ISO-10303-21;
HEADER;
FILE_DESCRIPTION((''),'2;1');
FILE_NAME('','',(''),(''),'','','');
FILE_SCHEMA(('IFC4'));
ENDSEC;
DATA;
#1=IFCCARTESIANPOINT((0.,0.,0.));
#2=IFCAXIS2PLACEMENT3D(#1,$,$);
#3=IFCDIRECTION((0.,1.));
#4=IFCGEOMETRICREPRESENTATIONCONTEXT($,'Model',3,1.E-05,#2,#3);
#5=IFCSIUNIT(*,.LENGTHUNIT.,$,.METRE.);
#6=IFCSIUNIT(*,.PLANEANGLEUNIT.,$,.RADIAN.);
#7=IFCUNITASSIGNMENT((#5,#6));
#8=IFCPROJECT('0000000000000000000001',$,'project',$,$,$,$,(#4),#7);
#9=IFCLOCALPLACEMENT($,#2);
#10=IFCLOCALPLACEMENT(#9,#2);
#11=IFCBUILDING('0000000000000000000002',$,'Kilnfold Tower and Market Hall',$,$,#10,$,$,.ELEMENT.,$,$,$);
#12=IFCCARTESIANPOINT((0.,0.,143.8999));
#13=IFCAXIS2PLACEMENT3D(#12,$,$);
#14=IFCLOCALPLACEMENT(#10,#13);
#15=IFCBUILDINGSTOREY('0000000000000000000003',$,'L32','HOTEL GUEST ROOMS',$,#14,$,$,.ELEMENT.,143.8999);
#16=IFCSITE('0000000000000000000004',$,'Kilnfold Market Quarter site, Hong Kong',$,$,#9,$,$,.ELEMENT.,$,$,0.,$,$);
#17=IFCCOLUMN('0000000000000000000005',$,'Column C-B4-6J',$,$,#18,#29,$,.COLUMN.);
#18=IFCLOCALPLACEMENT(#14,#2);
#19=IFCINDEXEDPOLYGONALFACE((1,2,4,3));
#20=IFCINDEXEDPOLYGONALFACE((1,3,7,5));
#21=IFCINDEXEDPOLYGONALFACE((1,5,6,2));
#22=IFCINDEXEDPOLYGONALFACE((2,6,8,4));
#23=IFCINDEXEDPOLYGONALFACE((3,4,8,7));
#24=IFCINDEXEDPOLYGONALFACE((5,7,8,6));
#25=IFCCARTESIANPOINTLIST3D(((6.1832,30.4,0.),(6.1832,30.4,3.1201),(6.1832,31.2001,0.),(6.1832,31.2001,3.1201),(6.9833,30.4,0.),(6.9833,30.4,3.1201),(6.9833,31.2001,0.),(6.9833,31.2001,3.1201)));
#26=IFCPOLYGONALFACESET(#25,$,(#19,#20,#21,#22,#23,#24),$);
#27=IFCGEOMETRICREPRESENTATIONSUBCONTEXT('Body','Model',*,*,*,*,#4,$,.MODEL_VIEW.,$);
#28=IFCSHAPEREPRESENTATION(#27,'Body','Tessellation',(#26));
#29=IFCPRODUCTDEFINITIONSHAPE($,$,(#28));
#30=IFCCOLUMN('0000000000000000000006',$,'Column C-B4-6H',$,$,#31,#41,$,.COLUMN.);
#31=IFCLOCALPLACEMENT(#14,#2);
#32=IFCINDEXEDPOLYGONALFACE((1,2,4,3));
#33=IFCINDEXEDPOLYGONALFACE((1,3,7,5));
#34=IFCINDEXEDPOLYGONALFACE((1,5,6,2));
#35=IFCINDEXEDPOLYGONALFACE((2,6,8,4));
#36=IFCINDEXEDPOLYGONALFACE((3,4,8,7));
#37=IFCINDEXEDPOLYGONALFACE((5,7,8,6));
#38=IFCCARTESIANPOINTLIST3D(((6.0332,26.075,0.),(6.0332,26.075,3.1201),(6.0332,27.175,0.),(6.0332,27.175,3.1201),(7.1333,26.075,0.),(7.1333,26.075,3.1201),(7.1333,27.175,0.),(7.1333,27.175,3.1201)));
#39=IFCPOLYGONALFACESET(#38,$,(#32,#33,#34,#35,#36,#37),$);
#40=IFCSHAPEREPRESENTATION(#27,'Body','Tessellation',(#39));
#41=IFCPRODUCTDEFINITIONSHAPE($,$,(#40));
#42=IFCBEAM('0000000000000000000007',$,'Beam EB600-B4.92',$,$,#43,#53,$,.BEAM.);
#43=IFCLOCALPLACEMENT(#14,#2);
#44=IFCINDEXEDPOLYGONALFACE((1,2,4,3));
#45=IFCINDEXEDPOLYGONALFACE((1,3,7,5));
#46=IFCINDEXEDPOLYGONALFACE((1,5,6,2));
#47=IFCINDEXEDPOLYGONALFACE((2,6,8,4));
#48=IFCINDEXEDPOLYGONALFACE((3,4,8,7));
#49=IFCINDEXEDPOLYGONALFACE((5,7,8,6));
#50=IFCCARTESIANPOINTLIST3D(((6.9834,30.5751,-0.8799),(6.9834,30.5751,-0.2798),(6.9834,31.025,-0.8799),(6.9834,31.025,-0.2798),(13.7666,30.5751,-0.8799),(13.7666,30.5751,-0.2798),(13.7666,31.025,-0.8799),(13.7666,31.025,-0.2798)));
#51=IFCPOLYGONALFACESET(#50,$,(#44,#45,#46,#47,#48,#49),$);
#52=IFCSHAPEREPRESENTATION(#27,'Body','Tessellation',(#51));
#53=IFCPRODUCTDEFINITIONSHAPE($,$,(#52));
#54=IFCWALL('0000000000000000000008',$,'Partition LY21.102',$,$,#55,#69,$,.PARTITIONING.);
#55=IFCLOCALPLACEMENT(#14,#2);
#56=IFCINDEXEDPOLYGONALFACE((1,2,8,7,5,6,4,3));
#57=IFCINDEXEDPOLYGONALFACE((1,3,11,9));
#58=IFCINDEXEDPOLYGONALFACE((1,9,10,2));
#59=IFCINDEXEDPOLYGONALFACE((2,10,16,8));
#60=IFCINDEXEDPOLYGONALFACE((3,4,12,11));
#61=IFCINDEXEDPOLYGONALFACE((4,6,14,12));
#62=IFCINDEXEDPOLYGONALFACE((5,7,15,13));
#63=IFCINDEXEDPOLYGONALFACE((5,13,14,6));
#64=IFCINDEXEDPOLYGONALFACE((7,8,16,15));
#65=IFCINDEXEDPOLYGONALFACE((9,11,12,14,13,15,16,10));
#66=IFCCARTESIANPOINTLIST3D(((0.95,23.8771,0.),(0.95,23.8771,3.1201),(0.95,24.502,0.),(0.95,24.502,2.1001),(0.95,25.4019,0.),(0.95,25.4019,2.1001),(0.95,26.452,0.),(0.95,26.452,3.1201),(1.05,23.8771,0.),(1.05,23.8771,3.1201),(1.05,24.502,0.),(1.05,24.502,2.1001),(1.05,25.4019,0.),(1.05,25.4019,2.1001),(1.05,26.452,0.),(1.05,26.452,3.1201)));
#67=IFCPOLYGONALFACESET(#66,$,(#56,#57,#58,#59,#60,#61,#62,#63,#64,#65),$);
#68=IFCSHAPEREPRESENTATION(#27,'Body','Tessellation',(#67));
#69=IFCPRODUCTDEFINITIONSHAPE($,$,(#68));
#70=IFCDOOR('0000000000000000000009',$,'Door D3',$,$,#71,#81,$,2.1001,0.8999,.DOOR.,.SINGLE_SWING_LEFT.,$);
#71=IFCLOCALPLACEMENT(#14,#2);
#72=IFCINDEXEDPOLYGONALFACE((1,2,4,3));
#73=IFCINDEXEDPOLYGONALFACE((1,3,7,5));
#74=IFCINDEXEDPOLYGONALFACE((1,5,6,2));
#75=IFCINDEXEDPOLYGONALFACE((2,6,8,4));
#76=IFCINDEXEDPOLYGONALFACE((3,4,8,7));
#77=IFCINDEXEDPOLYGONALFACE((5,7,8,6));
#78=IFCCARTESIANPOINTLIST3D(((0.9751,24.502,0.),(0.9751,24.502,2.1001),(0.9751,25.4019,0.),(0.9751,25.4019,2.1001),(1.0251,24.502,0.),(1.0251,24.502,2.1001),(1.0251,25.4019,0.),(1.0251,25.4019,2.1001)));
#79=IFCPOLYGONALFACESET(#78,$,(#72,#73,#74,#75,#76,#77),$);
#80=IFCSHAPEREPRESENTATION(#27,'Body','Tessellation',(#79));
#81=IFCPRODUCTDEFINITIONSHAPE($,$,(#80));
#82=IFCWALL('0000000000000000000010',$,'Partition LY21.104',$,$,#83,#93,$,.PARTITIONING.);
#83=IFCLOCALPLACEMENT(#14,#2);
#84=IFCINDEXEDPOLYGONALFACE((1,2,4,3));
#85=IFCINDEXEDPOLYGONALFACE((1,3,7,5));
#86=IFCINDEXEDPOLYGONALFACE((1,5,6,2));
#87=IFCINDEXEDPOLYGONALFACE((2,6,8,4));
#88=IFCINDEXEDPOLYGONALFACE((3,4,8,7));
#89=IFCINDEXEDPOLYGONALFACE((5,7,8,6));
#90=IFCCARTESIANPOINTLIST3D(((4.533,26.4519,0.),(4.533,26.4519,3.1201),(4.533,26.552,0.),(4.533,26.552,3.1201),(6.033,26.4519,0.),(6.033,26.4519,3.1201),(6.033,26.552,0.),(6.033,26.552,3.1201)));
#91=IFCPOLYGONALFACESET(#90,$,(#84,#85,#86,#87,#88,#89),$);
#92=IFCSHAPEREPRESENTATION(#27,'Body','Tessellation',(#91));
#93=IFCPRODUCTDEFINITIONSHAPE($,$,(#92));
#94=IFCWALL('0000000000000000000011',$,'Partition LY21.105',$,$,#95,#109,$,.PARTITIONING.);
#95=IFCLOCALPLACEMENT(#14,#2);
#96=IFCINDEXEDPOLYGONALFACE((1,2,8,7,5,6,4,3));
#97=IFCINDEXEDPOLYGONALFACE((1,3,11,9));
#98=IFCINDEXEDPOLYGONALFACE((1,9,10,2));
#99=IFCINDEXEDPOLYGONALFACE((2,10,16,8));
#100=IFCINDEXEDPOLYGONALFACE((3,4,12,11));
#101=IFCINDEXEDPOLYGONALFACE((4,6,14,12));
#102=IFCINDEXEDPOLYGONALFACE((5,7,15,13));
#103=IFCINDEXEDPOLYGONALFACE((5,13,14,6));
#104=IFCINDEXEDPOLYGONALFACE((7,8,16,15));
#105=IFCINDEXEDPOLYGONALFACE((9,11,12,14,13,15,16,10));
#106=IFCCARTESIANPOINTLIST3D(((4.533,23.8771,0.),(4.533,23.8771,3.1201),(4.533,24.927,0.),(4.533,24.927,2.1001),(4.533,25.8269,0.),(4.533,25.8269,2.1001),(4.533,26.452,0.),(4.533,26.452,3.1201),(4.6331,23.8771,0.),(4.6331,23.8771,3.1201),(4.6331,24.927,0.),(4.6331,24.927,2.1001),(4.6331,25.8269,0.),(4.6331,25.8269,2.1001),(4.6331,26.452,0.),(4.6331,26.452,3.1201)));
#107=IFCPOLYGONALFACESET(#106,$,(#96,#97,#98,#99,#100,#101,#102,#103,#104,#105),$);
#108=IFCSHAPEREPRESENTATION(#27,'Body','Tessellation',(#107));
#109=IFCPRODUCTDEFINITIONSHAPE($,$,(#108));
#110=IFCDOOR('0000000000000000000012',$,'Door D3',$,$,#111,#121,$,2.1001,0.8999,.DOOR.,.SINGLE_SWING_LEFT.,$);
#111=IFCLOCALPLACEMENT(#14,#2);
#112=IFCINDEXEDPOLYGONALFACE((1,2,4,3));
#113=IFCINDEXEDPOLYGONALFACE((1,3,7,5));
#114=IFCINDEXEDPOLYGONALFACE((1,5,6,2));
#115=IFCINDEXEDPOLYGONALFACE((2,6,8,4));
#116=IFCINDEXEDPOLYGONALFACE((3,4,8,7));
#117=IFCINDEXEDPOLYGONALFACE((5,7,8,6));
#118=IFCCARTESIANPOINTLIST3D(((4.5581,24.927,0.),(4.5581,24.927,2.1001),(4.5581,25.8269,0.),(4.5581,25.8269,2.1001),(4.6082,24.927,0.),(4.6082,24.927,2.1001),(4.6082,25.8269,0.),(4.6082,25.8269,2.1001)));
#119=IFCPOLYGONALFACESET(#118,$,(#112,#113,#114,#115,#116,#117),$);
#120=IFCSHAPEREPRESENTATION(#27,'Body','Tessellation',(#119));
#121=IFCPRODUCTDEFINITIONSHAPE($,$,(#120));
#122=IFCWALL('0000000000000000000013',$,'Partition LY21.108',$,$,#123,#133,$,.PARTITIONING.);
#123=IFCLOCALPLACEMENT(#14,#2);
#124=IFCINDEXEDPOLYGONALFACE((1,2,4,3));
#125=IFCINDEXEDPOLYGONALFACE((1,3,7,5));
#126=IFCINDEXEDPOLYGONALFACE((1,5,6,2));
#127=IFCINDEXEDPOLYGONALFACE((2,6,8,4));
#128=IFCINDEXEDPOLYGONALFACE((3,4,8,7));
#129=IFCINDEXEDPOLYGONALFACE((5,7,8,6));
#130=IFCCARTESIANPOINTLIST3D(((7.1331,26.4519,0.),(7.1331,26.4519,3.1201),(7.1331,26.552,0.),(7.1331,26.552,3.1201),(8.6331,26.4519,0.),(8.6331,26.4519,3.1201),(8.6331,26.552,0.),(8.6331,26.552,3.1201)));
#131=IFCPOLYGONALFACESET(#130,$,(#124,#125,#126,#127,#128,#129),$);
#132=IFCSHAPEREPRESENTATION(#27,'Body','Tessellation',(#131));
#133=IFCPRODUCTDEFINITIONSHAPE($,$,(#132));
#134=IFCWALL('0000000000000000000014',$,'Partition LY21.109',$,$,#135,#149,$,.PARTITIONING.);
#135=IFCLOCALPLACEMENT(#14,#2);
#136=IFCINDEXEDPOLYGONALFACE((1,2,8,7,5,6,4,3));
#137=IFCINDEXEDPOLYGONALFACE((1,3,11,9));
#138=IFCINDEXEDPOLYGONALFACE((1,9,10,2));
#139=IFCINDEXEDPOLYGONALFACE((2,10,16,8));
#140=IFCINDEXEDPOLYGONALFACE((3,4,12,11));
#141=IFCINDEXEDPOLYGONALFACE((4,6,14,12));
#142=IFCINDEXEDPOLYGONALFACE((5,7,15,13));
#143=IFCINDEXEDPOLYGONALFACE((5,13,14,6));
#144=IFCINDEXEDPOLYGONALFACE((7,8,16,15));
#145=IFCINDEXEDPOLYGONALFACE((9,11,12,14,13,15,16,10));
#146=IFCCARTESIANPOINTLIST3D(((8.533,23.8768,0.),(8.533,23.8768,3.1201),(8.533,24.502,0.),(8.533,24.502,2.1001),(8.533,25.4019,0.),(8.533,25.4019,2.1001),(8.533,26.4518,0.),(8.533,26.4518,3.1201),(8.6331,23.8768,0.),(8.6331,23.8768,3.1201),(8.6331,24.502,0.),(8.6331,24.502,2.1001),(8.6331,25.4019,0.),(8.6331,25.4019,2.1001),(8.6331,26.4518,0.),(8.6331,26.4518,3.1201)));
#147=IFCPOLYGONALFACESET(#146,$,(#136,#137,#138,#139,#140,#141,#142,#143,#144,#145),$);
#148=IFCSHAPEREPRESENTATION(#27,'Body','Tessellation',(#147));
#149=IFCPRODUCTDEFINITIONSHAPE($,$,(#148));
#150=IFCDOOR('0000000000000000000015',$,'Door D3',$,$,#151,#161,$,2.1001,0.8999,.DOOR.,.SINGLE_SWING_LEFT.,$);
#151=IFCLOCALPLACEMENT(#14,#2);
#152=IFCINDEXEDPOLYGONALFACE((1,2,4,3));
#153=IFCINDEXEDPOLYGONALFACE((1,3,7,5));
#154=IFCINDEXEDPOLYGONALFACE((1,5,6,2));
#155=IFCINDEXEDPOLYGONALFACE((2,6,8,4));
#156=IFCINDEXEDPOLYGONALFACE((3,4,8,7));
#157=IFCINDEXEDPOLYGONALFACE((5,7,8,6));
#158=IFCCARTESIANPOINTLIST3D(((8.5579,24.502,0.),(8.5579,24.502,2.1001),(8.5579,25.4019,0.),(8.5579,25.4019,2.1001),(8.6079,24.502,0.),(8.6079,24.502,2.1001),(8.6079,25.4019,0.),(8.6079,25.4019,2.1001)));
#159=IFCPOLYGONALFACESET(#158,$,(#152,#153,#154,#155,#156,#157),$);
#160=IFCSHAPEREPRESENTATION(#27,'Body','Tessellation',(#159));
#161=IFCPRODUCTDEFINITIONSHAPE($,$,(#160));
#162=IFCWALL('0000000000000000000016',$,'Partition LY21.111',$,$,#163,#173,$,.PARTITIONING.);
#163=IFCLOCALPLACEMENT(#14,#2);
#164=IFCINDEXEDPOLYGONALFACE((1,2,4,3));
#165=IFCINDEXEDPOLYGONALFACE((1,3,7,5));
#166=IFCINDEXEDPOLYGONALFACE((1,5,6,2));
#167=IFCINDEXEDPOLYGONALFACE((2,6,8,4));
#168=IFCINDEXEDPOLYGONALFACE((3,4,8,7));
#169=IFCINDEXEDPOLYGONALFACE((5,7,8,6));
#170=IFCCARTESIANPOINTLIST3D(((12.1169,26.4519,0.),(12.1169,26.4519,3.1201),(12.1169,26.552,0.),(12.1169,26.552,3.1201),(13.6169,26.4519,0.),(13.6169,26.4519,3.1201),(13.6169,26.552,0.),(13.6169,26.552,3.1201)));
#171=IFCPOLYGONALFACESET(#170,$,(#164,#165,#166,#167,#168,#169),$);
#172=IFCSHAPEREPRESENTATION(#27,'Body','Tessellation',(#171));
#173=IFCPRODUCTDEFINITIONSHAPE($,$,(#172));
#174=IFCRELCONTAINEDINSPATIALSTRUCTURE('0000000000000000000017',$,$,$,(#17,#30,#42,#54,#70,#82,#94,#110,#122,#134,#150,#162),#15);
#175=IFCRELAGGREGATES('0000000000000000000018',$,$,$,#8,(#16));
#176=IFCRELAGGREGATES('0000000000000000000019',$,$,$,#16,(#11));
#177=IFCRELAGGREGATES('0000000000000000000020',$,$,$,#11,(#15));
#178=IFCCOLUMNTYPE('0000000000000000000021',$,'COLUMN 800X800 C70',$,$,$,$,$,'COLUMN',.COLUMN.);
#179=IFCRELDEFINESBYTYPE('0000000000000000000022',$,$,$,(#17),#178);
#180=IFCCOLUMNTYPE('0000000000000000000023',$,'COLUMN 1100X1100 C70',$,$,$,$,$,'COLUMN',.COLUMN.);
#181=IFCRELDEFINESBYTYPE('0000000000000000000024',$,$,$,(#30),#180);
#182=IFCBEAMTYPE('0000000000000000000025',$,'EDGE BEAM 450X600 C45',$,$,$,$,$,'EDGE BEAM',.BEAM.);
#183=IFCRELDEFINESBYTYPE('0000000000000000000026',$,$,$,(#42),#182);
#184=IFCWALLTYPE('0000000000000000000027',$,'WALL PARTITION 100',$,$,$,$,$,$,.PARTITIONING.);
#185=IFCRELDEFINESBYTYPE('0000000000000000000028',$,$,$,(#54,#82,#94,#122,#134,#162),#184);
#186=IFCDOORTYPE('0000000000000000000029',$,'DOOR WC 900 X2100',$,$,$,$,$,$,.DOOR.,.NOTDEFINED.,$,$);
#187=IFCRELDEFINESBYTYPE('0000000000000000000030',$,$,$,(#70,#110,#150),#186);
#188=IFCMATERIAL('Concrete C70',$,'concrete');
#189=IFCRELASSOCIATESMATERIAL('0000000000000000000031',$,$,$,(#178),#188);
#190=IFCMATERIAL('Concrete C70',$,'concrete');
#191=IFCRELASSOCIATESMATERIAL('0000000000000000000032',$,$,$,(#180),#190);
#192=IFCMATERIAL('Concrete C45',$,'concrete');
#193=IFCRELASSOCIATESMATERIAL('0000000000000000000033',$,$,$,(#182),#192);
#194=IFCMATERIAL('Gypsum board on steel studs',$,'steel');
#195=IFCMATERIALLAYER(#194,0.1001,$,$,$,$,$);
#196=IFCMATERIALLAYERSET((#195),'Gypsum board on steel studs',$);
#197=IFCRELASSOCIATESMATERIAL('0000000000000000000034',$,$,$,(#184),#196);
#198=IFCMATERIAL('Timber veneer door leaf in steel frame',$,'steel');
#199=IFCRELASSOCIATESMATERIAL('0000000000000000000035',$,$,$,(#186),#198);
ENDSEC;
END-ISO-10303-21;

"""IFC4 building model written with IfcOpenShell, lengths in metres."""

from ifc_helpers import new_model, si_unit, direction, frame, frame_2d, origin, origin_2d, place, context, subcontext, project, spatial, rectangle, extrude, source, transform, mapped, material, layer, layer_set, material_profile, profile_set, type_object, element, fill, save


model = new_model("IFC4")

# Units and contexts
model_context = context("Model", 3, precision=1e-05, world=origin(), true_north=direction((0.0, 1.0)))
body_context = subcontext(model_context, "Body", "Model", "MODEL_VIEW")
ifc_project = project(units=[si_unit("LENGTHUNIT", "METRE"), si_unit("PLANEANGLEUNIT", "RADIAN")], contexts=[model_context])

# Site, building, storey
site_placement = place(None, origin())
site = spatial("IfcSite", under=ifc_project, at=site_placement, Name="Kilnfold Market Quarter site, Hong Kong", CompositionType="ELEMENT", RefElevation=0.0)
building_placement = place(site_placement, origin())
building = spatial("IfcBuilding", under=site, at=building_placement, Name="Kilnfold Tower and Market Hall", CompositionType="ELEMENT")
storey_placement = place(building_placement, frame((0.0, 0.0, 143.8999)))
storey = spatial("IfcBuildingStorey", under=building, at=storey_placement, Name="L32", Description="HOTEL GUEST ROOMS", CompositionType="ELEMENT", Elevation=143.8999)

# Columns
ifc_material_1 = material(Name="Concrete C70", Category="concrete")
ifc_material_profile_1 = material_profile(ifc_material_1, rectangle(XDim=0.8, YDim=0.8, at=origin_2d()), Name="RC 800x800")
ifc_profile_set_1 = profile_set([ifc_material_profile_1], Name="Concrete C70")
column_type_1 = type_object("IfcColumnType", Name="COLUMN 800X800 C70", ElementType="COLUMN", PredefinedType="COLUMN", material=ifc_profile_set_1)
shared_shape_1 = source(origin(), body_context, "Body", "SweptSolid", [
    extrude(rectangle(XDim=0.8, YDim=0.8, at=origin_2d()), origin(), (0.0, 0.0, 1.0), 3.1201),
])
column_1_placement = place(storey_placement, frame((6.5833, 30.8, 0.0), z_axis=(0.0, 0.0, 1.0), x_axis=(1.0, 0.0, 0.0)))
element("IfcColumn", 1, at=column_1_placement, inside=storey, type_object=column_type_1, Name="Column C-B4-6J", PredefinedType="COLUMN", context=body_context, shape_type="MappedRepresentation", body=[
    mapped(shared_shape_1, transform((0.0, 0.0, 0.0))),
])
ifc_material_2 = material(Name="Concrete C70", Category="concrete")
ifc_material_profile_2 = material_profile(ifc_material_2, rectangle(XDim=1.1001, YDim=1.1001, at=origin_2d()), Name="RC 1100x1100")
ifc_profile_set_2 = profile_set([ifc_material_profile_2], Name="Concrete C70")
column_type_2 = type_object("IfcColumnType", Name="COLUMN 1100X1100 C70", ElementType="COLUMN", PredefinedType="COLUMN", material=ifc_profile_set_2)
shared_shape_2 = source(origin(), body_context, "Body", "SweptSolid", [
    extrude(rectangle(XDim=1.1001, YDim=1.1001, at=origin_2d()), origin(), (0.0, 0.0, 1.0), 3.1201),
])
column_2_placement = place(storey_placement, frame((6.5833, 26.625, 0.0), z_axis=(0.0, 0.0, 1.0), x_axis=(1.0, 0.0, 0.0)))
element("IfcColumn", 2, at=column_2_placement, inside=storey, type_object=column_type_2, Name="Column C-B4-6H", PredefinedType="COLUMN", context=body_context, shape_type="MappedRepresentation", body=[
    mapped(shared_shape_2, transform((0.0, 0.0, 0.0))),
])

# Beam
ifc_material_3 = material(Name="Concrete C45", Category="concrete")
ifc_material_profile_3 = material_profile(ifc_material_3, rectangle(XDim=0.45, YDim=0.6001, at=origin_2d()), Name="RC 450x600")
ifc_profile_set_3 = profile_set([ifc_material_profile_3], Name="Concrete C45")
beam_type = type_object("IfcBeamType", Name="EDGE BEAM 450X600 C45", ElementType="EDGE BEAM", PredefinedType="BEAM", material=ifc_profile_set_3)
shared_shape_3 = source(origin(), body_context, "Body", "SweptSolid", [
    extrude(rectangle(XDim=0.45, YDim=0.6001, at=origin_2d()), origin(), (0.0, 0.0, 1.0), 6.7832),
])
beam_placement = place(storey_placement, frame((6.9834, 30.8, -0.5798), z_axis=(1.0, 0.0, 0.0), x_axis=(0.0, 1.0, 0.0)))
element("IfcBeam", 3, at=beam_placement, inside=storey, type_object=beam_type, Name="Beam EB600-B4.92", PredefinedType="BEAM", context=body_context, shape_type="MappedRepresentation", body=[
    mapped(shared_shape_3, transform((0.0, 0.0, 0.0))),
])

# Wall, opening, door
ifc_material_4 = material(Name="Gypsum board on steel studs", Category="steel")
ifc_layer_1 = layer(ifc_material_4, 0.1001)
ifc_layer_set_1 = layer_set([ifc_layer_1], Name="Gypsum board on steel studs")
wall_type_1 = type_object("IfcWallType", Name="WALL PARTITION 100", PredefinedType="PARTITIONING", material=ifc_layer_set_1)
wall_1_placement = place(storey_placement, frame((1.0, 23.877, 0.0), z_axis=(0.0, 0.0, 1.0), x_axis=(0.0, 1.0, 0.0)))
wall_1 = element("IfcWall", 4, at=wall_1_placement, inside=storey, type_object=wall_type_1, Name="Partition LY21.102", PredefinedType="PARTITIONING", context=body_context, shape_type="SweptSolid", body=[
    extrude(rectangle(XDim=2.575, YDim=0.1001, at=frame_2d((1.2876, 0.0))), origin(), (0.0, 0.0, 1.0), 3.1201),
])
opening_1_placement = place(wall_1_placement, frame((0.625, 0.0, 0.0)))
opening_1 = element("IfcOpeningElement", 5, at=opening_1_placement, cuts=wall_1, PredefinedType="OPENING", context=body_context, shape_type="SweptSolid", body=[
    extrude(rectangle(XDim=0.8999, YDim=2.1001, at=frame_2d((0.45, 1.05))), frame((0.0, 0.0601, 0.0), z_axis=(0.0, -1.0, 0.0), x_axis=(1.0, 0.0, 0.0)), (0.0, 0.0, 1.0), 0.1201),
])
ifc_material_5 = material(Name="Timber veneer door leaf in steel frame", Category="steel")
door_type_1 = type_object("IfcDoorType", Name="DOOR WC 900 X2100", OperationType="NOTDEFINED", PredefinedType="DOOR", material=ifc_material_5)
door_1_placement = place(opening_1_placement, origin())
door_1 = element("IfcDoor", 6, at=door_1_placement, inside=storey, type_object=door_type_1, Name="Door D3", OperationType="SINGLE_SWING_LEFT", OverallHeight=2.1001, OverallWidth=0.8999, PredefinedType="DOOR", context=body_context, shape_type="SweptSolid", body=[
    extrude(rectangle(XDim=0.8999, YDim=2.1001, at=frame_2d((0.45, 1.05))), frame((0.0, 0.0249, 0.0), z_axis=(0.0, -1.0, 0.0), x_axis=(1.0, 0.0, 0.0)), (0.0, 0.0, 1.0), 0.05),
])
fill(opening_1, door_1)

# Wall
wall_2_placement = place(storey_placement, frame((4.533, 26.502, 0.0), z_axis=(0.0, 0.0, 1.0), x_axis=(1.0, 0.0, 0.0)))
element("IfcWall", 7, at=wall_2_placement, inside=storey, type_object=wall_type_1, Name="Partition LY21.104", PredefinedType="PARTITIONING", context=body_context, shape_type="SweptSolid", body=[
    extrude(rectangle(XDim=1.5, YDim=0.1001, at=frame_2d((0.75, 0.0))), origin(), (0.0, 0.0, 1.0), 3.1201),
])

# Wall, opening, door
wall_3_placement = place(storey_placement, frame((4.583, 23.877, 0.0), z_axis=(0.0, 0.0, 1.0), x_axis=(0.0, 1.0, 0.0)))
wall_3 = element("IfcWall", 8, at=wall_3_placement, inside=storey, type_object=wall_type_1, Name="Partition LY21.105", PredefinedType="PARTITIONING", context=body_context, shape_type="SweptSolid", body=[
    extrude(rectangle(XDim=2.575, YDim=0.1001, at=frame_2d((1.2876, 0.0))), origin(), (0.0, 0.0, 1.0), 3.1201),
])
opening_2_placement = place(wall_3_placement, frame((1.05, 0.0, 0.0)))
opening_2 = element("IfcOpeningElement", 9, at=opening_2_placement, cuts=wall_3, PredefinedType="OPENING", context=body_context, shape_type="SweptSolid", body=[
    extrude(rectangle(XDim=0.8999, YDim=2.1001, at=frame_2d((0.45, 1.05))), frame((0.0, 0.0601, 0.0), z_axis=(0.0, -1.0, 0.0), x_axis=(1.0, 0.0, 0.0)), (0.0, 0.0, 1.0), 0.1201),
])
door_2_placement = place(opening_2_placement, origin())
door_2 = element("IfcDoor", 10, at=door_2_placement, inside=storey, type_object=door_type_1, Name="Door D3", OperationType="SINGLE_SWING_LEFT", OverallHeight=2.1001, OverallWidth=0.8999, PredefinedType="DOOR", context=body_context, shape_type="SweptSolid", body=[
    extrude(rectangle(XDim=0.8999, YDim=2.1001, at=frame_2d((0.45, 1.05))), frame((0.0, 0.0249, 0.0), z_axis=(0.0, -1.0, 0.0), x_axis=(1.0, 0.0, 0.0)), (0.0, 0.0, 1.0), 0.05),
])
fill(opening_2, door_2)

# Wall
wall_4_placement = place(storey_placement, frame((7.1331, 26.502, 0.0), z_axis=(0.0, 0.0, 1.0), x_axis=(1.0, 0.0, 0.0)))
element("IfcWall", 11, at=wall_4_placement, inside=storey, type_object=wall_type_1, Name="Partition LY21.108", PredefinedType="PARTITIONING", context=body_context, shape_type="SweptSolid", body=[
    extrude(rectangle(XDim=1.5, YDim=0.1001, at=frame_2d((0.75, 0.0))), origin(), (0.0, 0.0, 1.0), 3.1201),
])

# Wall, opening, door
wall_5_placement = place(storey_placement, frame((8.583, 26.4519, 0.0), z_axis=(0.0, 0.0, 1.0), x_axis=(0.0, -1.0, 0.0)))
wall_5 = element("IfcWall", 12, at=wall_5_placement, inside=storey, type_object=wall_type_1, Name="Partition LY21.109", PredefinedType="PARTITIONING", context=body_context, shape_type="SweptSolid", body=[
    extrude(rectangle(XDim=2.575, YDim=0.1001, at=frame_2d((1.2876, 0.0))), origin(), (0.0, 0.0, 1.0), 3.1201),
])
opening_3_placement = place(wall_5_placement, frame((1.05, 0.0, 0.0)))
opening_3 = element("IfcOpeningElement", 13, at=opening_3_placement, cuts=wall_5, PredefinedType="OPENING", context=body_context, shape_type="SweptSolid", body=[
    extrude(rectangle(XDim=0.8999, YDim=2.1001, at=frame_2d((0.45, 1.05))), frame((0.0, 0.0601, 0.0), z_axis=(0.0, -1.0, 0.0), x_axis=(1.0, 0.0, 0.0)), (0.0, 0.0, 1.0), 0.1201),
])
door_3_placement = place(opening_3_placement, origin())
door_3 = element("IfcDoor", 14, at=door_3_placement, inside=storey, type_object=door_type_1, Name="Door D3", OperationType="SINGLE_SWING_LEFT", OverallHeight=2.1001, OverallWidth=0.8999, PredefinedType="DOOR", context=body_context, shape_type="SweptSolid", body=[
    extrude(rectangle(XDim=0.8999, YDim=2.1001, at=frame_2d((0.45, 1.05))), frame((0.0, 0.0249, 0.0), z_axis=(0.0, -1.0, 0.0), x_axis=(1.0, 0.0, 0.0)), (0.0, 0.0, 1.0), 0.05),
])
fill(opening_3, door_3)

# Wall
wall_6_placement = place(storey_placement, frame((12.1169, 26.502, 0.0), z_axis=(0.0, 0.0, 1.0), x_axis=(1.0, 0.0, 0.0)))
element("IfcWall", 15, at=wall_6_placement, inside=storey, type_object=wall_type_1, Name="Partition LY21.111", PredefinedType="PARTITIONING", context=body_context, shape_type="SweptSolid", body=[
    extrude(rectangle(XDim=1.5, YDim=0.1001, at=frame_2d((0.75, 0.0))), origin(), (0.0, 0.0, 1.0), 3.1201),
])

save(model, "model.ifc")
